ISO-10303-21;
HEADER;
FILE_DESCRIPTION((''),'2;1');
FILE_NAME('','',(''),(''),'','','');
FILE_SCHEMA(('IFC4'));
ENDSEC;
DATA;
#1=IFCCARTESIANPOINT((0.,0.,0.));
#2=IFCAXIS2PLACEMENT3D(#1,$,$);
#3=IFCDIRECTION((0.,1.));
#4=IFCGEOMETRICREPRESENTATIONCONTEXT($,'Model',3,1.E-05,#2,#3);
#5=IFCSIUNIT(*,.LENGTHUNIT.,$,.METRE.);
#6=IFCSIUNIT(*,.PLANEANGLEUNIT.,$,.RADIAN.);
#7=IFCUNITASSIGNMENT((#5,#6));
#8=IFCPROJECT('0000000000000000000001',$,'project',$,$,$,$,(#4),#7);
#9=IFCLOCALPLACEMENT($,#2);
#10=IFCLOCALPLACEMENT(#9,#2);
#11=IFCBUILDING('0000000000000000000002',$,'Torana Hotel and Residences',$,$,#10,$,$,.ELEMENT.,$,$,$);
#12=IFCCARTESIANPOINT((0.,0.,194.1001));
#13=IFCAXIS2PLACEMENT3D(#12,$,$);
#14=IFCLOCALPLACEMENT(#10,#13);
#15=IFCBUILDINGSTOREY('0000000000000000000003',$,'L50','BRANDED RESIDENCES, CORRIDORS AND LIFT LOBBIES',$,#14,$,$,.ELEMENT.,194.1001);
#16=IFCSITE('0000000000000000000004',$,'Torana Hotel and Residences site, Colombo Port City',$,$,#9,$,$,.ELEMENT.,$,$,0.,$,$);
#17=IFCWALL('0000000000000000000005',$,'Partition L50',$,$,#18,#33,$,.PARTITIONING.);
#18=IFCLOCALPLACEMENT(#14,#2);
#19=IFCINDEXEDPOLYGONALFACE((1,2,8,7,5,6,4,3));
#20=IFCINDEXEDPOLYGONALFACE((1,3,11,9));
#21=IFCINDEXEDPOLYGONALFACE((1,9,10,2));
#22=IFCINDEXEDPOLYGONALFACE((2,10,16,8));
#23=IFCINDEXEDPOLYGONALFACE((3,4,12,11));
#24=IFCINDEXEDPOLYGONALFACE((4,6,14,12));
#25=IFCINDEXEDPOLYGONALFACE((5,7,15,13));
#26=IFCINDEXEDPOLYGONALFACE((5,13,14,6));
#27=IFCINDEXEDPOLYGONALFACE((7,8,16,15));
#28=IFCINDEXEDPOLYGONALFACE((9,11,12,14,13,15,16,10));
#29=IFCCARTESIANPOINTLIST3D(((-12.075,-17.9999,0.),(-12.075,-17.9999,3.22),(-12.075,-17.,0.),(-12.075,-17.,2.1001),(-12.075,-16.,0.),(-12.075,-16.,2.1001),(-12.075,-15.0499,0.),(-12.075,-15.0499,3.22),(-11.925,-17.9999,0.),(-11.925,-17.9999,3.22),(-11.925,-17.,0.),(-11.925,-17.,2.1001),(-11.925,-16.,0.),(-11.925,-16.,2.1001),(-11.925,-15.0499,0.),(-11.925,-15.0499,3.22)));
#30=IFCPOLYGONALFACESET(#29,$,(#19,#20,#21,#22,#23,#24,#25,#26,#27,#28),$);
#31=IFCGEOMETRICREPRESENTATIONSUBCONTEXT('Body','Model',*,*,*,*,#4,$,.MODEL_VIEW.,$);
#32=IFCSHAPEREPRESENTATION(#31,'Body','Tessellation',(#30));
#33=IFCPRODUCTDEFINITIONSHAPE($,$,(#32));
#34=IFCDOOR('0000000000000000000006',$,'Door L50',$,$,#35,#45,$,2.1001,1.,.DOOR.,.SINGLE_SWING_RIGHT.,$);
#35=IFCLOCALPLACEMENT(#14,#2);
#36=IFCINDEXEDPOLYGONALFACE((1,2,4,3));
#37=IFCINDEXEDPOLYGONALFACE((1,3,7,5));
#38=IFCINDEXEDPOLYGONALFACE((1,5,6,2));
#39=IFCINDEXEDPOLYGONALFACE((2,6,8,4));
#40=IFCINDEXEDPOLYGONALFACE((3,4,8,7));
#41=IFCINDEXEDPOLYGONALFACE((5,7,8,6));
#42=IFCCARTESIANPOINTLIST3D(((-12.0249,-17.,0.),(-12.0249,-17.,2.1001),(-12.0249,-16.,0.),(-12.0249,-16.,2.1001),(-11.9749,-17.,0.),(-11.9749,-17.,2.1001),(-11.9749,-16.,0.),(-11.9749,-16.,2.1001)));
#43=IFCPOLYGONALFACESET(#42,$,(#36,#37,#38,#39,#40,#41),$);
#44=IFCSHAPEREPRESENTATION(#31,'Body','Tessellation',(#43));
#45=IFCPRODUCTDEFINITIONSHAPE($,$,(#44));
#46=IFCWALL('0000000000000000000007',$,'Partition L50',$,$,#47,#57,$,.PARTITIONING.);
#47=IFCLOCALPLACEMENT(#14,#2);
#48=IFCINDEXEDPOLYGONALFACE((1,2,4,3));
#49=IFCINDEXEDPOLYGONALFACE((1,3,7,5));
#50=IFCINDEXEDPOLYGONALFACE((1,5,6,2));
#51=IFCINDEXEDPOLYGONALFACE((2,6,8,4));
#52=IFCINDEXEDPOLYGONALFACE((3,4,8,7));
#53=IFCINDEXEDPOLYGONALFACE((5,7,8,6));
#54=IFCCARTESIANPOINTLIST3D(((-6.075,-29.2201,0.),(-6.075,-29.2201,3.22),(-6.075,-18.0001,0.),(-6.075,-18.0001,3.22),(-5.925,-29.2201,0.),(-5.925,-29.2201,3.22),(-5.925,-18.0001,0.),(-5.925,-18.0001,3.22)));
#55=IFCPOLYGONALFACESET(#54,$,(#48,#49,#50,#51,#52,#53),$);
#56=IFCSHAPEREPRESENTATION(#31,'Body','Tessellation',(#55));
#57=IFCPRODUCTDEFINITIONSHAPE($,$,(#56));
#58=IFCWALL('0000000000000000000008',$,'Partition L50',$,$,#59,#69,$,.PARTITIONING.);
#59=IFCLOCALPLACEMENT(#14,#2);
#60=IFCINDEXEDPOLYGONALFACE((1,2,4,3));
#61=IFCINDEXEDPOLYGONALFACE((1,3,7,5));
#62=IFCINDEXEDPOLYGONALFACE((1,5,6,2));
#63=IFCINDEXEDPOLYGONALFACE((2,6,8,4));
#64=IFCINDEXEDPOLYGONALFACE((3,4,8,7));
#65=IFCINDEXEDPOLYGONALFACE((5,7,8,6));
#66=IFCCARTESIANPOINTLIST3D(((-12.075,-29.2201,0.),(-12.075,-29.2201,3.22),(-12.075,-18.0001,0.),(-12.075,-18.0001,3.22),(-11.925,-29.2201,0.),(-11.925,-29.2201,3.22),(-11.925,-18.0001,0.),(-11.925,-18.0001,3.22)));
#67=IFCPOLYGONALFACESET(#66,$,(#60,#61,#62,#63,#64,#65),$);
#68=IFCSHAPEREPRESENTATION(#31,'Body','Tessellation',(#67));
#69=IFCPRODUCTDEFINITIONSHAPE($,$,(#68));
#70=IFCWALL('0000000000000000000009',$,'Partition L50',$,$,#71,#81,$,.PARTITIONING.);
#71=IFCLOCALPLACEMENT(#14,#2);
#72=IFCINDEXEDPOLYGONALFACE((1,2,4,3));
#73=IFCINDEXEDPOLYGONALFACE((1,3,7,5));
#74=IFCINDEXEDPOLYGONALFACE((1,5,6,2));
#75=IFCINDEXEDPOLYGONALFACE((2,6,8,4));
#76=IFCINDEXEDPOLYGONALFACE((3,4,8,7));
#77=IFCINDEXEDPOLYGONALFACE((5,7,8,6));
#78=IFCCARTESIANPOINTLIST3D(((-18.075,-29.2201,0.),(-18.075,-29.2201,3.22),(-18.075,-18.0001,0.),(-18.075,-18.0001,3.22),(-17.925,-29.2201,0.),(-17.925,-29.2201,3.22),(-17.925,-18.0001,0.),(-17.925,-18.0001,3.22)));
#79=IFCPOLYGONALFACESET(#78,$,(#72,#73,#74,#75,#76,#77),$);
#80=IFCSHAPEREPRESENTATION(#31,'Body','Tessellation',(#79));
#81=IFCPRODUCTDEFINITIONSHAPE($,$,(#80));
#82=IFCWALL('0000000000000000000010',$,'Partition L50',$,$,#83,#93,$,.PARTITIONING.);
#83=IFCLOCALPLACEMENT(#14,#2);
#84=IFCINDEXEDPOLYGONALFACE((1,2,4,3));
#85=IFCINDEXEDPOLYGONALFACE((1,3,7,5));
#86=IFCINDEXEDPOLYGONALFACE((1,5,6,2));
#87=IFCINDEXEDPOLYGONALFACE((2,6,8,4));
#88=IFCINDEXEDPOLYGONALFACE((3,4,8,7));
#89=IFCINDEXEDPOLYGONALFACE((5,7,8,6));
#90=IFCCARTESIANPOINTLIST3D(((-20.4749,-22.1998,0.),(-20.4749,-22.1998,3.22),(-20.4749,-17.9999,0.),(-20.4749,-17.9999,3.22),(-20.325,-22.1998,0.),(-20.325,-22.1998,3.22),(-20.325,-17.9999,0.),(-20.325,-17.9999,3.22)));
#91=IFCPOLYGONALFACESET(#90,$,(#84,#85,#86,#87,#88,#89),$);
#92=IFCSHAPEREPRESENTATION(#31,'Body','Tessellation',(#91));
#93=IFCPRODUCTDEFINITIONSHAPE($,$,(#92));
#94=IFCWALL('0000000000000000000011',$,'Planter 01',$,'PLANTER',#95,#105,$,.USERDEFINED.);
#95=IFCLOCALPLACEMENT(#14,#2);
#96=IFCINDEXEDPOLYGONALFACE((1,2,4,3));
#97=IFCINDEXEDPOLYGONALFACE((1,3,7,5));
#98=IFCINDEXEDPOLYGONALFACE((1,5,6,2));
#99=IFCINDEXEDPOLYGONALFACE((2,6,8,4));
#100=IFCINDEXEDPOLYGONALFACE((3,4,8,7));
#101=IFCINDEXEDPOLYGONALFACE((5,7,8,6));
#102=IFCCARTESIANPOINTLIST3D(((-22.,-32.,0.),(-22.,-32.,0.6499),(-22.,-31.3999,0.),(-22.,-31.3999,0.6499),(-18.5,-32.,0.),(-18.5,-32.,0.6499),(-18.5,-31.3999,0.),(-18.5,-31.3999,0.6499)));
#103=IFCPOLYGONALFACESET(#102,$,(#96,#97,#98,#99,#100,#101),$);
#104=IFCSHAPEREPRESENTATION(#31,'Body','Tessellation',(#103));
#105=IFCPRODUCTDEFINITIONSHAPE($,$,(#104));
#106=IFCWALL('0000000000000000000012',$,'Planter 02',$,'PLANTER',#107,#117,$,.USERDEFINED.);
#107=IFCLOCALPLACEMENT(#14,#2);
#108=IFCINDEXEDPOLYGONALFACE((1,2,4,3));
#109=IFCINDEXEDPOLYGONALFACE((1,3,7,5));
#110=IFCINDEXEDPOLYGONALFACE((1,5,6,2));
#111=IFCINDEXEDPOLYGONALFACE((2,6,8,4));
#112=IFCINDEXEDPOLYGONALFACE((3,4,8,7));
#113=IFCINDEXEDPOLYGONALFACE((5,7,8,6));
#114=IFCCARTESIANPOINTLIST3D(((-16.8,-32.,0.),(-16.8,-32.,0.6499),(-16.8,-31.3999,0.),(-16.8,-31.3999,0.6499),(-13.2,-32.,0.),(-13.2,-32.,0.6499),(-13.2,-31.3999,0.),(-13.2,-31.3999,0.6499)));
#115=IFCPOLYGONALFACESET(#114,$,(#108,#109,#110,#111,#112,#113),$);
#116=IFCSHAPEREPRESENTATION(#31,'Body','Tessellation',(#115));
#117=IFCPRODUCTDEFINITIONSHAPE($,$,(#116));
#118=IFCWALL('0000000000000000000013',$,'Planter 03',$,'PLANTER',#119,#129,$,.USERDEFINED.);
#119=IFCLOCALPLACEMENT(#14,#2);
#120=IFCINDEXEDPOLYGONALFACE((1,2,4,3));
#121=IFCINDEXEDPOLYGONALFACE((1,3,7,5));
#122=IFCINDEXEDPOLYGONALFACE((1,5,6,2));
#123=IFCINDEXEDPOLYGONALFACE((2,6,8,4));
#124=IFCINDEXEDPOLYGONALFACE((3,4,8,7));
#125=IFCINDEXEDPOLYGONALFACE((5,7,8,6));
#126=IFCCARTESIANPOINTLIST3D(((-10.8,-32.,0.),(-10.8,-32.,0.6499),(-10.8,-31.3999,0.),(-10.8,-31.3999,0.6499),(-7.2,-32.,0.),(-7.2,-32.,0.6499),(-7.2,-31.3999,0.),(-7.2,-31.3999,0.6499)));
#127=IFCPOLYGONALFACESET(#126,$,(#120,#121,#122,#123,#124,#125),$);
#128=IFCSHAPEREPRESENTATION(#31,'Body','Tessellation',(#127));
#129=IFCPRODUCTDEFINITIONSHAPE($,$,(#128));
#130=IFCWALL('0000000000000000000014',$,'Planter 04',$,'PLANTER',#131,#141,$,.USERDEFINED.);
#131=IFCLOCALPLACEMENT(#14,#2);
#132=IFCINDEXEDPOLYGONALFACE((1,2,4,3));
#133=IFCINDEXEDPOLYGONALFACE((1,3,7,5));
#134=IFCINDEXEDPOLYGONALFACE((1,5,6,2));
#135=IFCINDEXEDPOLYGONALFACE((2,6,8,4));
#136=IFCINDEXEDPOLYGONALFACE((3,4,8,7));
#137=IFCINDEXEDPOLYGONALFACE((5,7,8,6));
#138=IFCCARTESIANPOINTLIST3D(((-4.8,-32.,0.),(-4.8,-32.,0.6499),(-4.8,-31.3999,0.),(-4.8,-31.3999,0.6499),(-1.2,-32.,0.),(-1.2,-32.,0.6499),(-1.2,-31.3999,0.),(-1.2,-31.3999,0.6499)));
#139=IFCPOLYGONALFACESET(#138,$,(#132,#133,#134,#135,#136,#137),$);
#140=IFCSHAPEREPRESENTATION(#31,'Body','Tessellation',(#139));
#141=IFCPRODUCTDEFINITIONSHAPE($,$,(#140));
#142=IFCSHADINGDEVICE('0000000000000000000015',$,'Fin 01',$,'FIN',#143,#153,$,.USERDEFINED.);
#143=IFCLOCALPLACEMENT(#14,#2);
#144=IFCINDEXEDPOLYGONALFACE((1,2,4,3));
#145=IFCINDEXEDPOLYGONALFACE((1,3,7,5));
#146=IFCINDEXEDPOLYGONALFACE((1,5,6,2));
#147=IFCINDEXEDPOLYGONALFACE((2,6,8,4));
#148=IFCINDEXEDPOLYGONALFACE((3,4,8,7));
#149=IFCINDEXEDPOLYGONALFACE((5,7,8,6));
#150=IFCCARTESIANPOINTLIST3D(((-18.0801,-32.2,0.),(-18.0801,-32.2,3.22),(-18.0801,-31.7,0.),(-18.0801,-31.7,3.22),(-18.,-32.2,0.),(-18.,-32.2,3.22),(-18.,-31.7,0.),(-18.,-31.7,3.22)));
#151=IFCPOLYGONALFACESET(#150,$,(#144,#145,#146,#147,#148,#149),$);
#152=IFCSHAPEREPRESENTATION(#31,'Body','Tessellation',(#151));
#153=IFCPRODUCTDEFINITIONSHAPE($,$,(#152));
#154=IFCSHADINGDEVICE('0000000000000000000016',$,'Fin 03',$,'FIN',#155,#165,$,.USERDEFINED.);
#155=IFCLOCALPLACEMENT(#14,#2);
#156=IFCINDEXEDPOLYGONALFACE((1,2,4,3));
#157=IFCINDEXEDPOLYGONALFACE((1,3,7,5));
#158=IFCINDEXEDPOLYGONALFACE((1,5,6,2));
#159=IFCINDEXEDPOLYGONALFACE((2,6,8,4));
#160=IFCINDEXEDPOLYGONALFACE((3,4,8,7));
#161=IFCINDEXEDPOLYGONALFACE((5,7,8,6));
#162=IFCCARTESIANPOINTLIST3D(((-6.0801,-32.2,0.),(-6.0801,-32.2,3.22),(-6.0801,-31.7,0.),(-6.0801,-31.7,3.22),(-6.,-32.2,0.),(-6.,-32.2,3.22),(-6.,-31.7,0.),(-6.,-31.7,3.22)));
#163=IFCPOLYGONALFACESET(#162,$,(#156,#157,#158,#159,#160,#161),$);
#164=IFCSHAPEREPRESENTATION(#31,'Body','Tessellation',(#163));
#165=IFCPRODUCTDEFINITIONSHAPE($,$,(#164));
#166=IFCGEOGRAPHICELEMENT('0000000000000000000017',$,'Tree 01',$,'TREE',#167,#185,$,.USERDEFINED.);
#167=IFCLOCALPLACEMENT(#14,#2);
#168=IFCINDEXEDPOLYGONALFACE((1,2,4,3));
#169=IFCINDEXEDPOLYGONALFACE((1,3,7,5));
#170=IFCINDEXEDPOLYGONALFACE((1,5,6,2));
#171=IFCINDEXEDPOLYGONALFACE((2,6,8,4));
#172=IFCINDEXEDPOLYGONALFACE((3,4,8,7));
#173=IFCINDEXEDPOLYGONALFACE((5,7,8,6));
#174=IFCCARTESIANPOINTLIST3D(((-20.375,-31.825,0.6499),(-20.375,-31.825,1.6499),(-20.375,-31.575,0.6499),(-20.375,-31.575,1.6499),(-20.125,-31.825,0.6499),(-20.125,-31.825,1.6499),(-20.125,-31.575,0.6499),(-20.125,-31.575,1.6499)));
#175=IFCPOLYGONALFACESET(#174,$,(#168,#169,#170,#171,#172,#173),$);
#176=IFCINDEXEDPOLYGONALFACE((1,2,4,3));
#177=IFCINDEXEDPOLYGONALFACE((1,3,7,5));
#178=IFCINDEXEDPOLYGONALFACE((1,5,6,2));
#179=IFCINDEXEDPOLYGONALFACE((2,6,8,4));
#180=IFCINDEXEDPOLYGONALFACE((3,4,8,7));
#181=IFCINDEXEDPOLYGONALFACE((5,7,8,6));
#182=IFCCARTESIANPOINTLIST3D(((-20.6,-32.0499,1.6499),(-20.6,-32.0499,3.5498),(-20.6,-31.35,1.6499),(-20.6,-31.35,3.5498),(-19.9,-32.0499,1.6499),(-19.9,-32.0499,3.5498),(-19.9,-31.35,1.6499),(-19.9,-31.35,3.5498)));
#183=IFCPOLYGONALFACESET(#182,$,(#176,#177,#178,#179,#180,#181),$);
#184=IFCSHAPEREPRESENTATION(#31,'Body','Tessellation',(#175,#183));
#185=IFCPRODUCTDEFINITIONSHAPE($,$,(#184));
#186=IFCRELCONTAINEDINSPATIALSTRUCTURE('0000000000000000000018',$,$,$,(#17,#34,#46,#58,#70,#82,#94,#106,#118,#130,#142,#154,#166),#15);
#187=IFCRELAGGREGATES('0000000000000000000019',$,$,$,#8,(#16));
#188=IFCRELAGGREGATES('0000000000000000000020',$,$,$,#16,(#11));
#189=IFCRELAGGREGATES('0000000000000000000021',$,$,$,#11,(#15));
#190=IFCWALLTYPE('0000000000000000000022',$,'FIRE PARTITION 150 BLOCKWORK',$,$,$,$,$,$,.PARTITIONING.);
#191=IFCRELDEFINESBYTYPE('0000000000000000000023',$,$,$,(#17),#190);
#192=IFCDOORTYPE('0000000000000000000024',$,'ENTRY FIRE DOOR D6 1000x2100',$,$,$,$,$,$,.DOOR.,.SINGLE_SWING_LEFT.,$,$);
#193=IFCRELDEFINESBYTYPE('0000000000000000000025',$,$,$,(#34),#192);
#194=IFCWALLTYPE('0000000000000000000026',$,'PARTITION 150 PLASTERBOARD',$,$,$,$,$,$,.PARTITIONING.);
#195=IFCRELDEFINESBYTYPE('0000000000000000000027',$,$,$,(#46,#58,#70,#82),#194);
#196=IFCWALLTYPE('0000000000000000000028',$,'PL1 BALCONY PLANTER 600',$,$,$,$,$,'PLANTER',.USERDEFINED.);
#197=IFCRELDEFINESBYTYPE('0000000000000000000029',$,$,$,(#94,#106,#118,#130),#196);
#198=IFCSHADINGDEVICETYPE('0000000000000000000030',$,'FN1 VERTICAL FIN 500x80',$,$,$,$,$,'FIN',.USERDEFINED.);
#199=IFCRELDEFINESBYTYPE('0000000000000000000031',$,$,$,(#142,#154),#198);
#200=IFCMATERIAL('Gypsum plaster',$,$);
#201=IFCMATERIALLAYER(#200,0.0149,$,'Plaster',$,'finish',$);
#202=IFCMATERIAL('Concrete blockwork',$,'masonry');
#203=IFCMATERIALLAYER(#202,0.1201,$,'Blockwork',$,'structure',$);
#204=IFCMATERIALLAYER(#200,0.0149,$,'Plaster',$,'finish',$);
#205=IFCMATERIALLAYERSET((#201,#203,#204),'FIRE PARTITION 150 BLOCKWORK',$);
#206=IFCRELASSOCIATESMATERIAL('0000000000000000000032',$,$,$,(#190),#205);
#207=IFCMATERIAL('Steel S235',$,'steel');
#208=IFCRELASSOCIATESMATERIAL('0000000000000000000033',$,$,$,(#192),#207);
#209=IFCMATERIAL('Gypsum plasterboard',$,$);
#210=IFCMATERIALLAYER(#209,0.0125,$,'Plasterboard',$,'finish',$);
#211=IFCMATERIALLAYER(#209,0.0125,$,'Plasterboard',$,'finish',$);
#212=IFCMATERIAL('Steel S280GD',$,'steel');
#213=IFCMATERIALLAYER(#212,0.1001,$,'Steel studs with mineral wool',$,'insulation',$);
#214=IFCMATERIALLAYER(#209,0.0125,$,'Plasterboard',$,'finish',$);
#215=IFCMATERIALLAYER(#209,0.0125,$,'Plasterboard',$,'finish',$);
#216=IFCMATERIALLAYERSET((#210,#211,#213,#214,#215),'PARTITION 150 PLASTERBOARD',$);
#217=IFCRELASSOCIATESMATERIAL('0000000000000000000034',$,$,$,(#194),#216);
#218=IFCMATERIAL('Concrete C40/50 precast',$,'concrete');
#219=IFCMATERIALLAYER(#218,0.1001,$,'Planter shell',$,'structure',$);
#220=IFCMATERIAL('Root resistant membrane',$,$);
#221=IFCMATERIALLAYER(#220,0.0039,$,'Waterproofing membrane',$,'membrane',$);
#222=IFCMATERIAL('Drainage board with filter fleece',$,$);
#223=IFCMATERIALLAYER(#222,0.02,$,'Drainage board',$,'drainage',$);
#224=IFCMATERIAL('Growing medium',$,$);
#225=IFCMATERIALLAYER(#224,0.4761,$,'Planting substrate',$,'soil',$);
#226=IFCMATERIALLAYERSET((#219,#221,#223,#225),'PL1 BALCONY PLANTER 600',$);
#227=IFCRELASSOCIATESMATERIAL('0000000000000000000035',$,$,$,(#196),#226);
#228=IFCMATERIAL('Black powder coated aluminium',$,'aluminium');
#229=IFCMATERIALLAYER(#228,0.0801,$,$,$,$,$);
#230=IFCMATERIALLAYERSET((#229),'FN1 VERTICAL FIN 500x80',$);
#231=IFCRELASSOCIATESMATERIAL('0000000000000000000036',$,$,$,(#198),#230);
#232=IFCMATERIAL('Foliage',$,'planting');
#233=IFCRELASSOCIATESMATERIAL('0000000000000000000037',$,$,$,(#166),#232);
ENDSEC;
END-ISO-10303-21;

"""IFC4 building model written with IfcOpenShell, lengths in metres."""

from ifc_helpers import new_model, si_unit, direction, frame, frame_2d, origin, origin_2d, place, context, subcontext, project, spatial, rectangle, extrude, material, layer, layer_set, type_object, element, fill, save


model = new_model("IFC4")

# Units and contexts
model_context = context("Model", 3, precision=1e-05, world=origin(), true_north=direction((0.0, 1.0)))
body_context = subcontext(model_context, "Body", "Model", "MODEL_VIEW")
ifc_project = project(units=[si_unit("LENGTHUNIT", "METRE"), si_unit("PLANEANGLEUNIT", "RADIAN")], contexts=[model_context])

# Site, building, storey
site_placement = place(None, origin())
site = spatial("IfcSite", under=ifc_project, at=site_placement, Name="Torana Hotel and Residences site, Colombo Port City", CompositionType="ELEMENT", RefElevation=0.0)
building_placement = place(site_placement, origin())
building = spatial("IfcBuilding", under=site, at=building_placement, Name="Torana Hotel and Residences", CompositionType="ELEMENT")
storey_placement = place(building_placement, frame((0.0, 0.0, 194.1001)))
storey = spatial("IfcBuildingStorey", under=building, at=storey_placement, Name="L50", Description="BRANDED RESIDENCES, CORRIDORS AND LIFT LOBBIES", CompositionType="ELEMENT", Elevation=194.1001)

# Wall, opening, door
ifc_material_1 = material(Name="Gypsum plaster")
ifc_layer_1 = layer(ifc_material_1, 0.0149, Name="Plaster", Category="finish")
ifc_material_2 = material(Name="Concrete blockwork", Category="masonry")
ifc_layer_2 = layer(ifc_material_2, 0.1201, Name="Blockwork", Category="structure")
ifc_layer_3 = layer(ifc_material_1, 0.0149, Name="Plaster", Category="finish")
ifc_layer_set_1 = layer_set([ifc_layer_1, ifc_layer_2, ifc_layer_3], Name="FIRE PARTITION 150 BLOCKWORK")
wall_type_1 = type_object("IfcWallType", Name="FIRE PARTITION 150 BLOCKWORK", PredefinedType="PARTITIONING", material=ifc_layer_set_1)
wall_1_placement = place(storey_placement, frame((-12.0, -18.0, 0.0), z_axis=(0.0, 0.0, 1.0), x_axis=(0.0, 1.0, 0.0)))
wall_1 = element("IfcWall", 1, at=wall_1_placement, inside=storey, type_object=wall_type_1, Name="Partition L50", PredefinedType="PARTITIONING", context=body_context, shape_type="SweptSolid", body=[
    extrude(rectangle(XDim=2.95, YDim=0.1499, at=frame_2d((1.4751, 0.0))), origin(), (0.0, 0.0, 1.0), 3.22),
])
opening_placement = place(wall_1_placement, frame((1.0, 0.0, 0.0)))
opening = element("IfcOpeningElement", 2, at=opening_placement, cuts=wall_1, PredefinedType="OPENING", context=body_context, shape_type="SweptSolid", body=[
    extrude(rectangle(XDim=1.0, YDim=2.1001, at=frame_2d((0.5, 1.05))), frame((0.0, 0.085, 0.0), z_axis=(0.0, -1.0, 0.0), x_axis=(1.0, 0.0, 0.0)), (0.0, 0.0, 1.0), 0.1699),
])
ifc_material_3 = material(Name="Steel S235", Category="steel")
door_type = type_object("IfcDoorType", Name="ENTRY FIRE DOOR D6 1000x2100", OperationType="SINGLE_SWING_LEFT", PredefinedType="DOOR", material=ifc_material_3)
door_placement = place(opening_placement, origin())
door = element("IfcDoor", 3, at=door_placement, inside=storey, type_object=door_type, Name="Door L50", OperationType="SINGLE_SWING_RIGHT", OverallHeight=2.1001, OverallWidth=1.0, PredefinedType="DOOR", context=body_context, shape_type="SweptSolid", body=[
    extrude(rectangle(XDim=1.0, YDim=2.1001, at=frame_2d((0.5, 1.05))), frame((0.0, 0.0249, 0.0), z_axis=(0.0, -1.0, 0.0), x_axis=(1.0, 0.0, 0.0)), (0.0, 0.0, 1.0), 0.05),
])
fill(opening, door)

# Walls
ifc_material_4 = material(Name="Gypsum plasterboard")
ifc_layer_4 = layer(ifc_material_4, 0.0125, Name="Plasterboard", Category="finish")
ifc_layer_5 = layer(ifc_material_4, 0.0125, Name="Plasterboard", Category="finish")
ifc_material_5 = material(Name="Steel S280GD", Category="steel")
ifc_layer_6 = layer(ifc_material_5, 0.1001, Name="Steel studs with mineral wool", Category="insulation")
ifc_layer_7 = layer(ifc_material_4, 0.0125, Name="Plasterboard", Category="finish")
ifc_layer_8 = layer(ifc_material_4, 0.0125, Name="Plasterboard", Category="finish")
ifc_layer_set_2 = layer_set([ifc_layer_4, ifc_layer_5, ifc_layer_6, ifc_layer_7, ifc_layer_8], Name="PARTITION 150 PLASTERBOARD")
wall_type_2 = type_object("IfcWallType", Name="PARTITION 150 PLASTERBOARD", PredefinedType="PARTITIONING", material=ifc_layer_set_2)
for number, where, z_axis, x_axis, name in (
    (4, (-6.0, -29.22, 0.0), (0.0, 0.0, 1.0), (0.0, 1.0, 0.0), "Partition L50"),
    (5, (-12.0, -29.22, 0.0), (0.0, 0.0, 1.0), (0.0, 1.0, 0.0), "Partition L50"),
    (6, (-18.0, -29.22, 0.0), (0.0, 0.0, 1.0), (0.0, 1.0, 0.0), "Partition L50"),
):
    element("IfcWall", number, at=place(storey_placement, frame(where, z_axis=z_axis, x_axis=x_axis)), inside=storey, type_object=wall_type_2, Name=name, PredefinedType="PARTITIONING", context=body_context, shape_type="SweptSolid", body=[
        extrude(rectangle(XDim=11.22, YDim=0.1499, at=frame_2d((5.6099, 0.0))), origin(), (0.0, 0.0, 1.0), 3.22),
    ])
wall_2_placement = place(storey_placement, frame((-20.3999, -22.2, 0.0), z_axis=(0.0, 0.0, 1.0), x_axis=(0.0, 1.0, 0.0)))
element("IfcWall", 7, at=wall_2_placement, inside=storey, type_object=wall_type_2, Name="Partition L50", PredefinedType="PARTITIONING", context=body_context, shape_type="SweptSolid", body=[
    extrude(rectangle(XDim=4.2, YDim=0.1499, at=frame_2d((2.1001, 0.0))), origin(), (0.0, 0.0, 1.0), 3.22),
])
ifc_material_6 = material(Name="Concrete C40/50 precast", Category="concrete")
ifc_layer_9 = layer(ifc_material_6, 0.1001, Name="Planter shell", Category="structure")
ifc_material_7 = material(Name="Root resistant membrane")
ifc_layer_10 = layer(ifc_material_7, 0.0039, Name="Waterproofing membrane", Category="membrane")
ifc_material_8 = material(Name="Drainage board with filter fleece")
ifc_layer_11 = layer(ifc_material_8, 0.02, Name="Drainage board", Category="drainage")
ifc_material_9 = material(Name="Growing medium")
ifc_layer_12 = layer(ifc_material_9, 0.4761, Name="Planting substrate", Category="soil")
ifc_layer_set_3 = layer_set([ifc_layer_9, ifc_layer_10, ifc_layer_11, ifc_layer_12], Name="PL1 BALCONY PLANTER 600")
wall_type_3 = type_object("IfcWallType", Name="PL1 BALCONY PLANTER 600", ElementType="PLANTER", PredefinedType="USERDEFINED", material=ifc_layer_set_3)
wall_3_placement = place(storey_placement, frame((-18.5, -31.7, 0.0), z_axis=(0.0, 0.0, 1.0), x_axis=(-1.0, 0.0, 0.0)))
element("IfcWall", 8, at=wall_3_placement, inside=storey, type_object=wall_type_3, Name="Planter 01", ObjectType="PLANTER", PredefinedType="USERDEFINED", context=body_context, shape_type="SweptSolid", body=[
    extrude(rectangle(XDim=3.5, YDim=0.6001, at=frame_2d((1.75, 0.0))), origin(), (0.0, 0.0, 1.0), 0.6499),
])
for number, where, z_axis, x_axis, name in (
    (9, (-13.2, -31.7, 0.0), (0.0, 0.0, 1.0), (-1.0, 0.0, 0.0), "Planter 02"),
    (10, (-7.2, -31.7, 0.0), (0.0, 0.0, 1.0), (-1.0, 0.0, 0.0), "Planter 03"),
    (11, (-1.2, -31.7, 0.0), (0.0, 0.0, 1.0), (-1.0, 0.0, 0.0), "Planter 04"),
):
    element("IfcWall", number, at=place(storey_placement, frame(where, z_axis=z_axis, x_axis=x_axis)), inside=storey, type_object=wall_type_3, Name=name, ObjectType="PLANTER", PredefinedType="USERDEFINED", context=body_context, shape_type="SweptSolid", body=[
        extrude(rectangle(XDim=3.6001, YDim=0.6001, at=frame_2d((1.8, 0.0))), origin(), (0.0, 0.0, 1.0), 0.6499),
    ])

# Shading devices
ifc_material_10 = material(Name="Black powder coated aluminium", Category="aluminium")
ifc_layer_13 = layer(ifc_material_10, 0.0801)
ifc_layer_set_4 = layer_set([ifc_layer_13], Name="FN1 VERTICAL FIN 500x80")
shading_device_type = type_object("IfcShadingDeviceType", Name="FN1 VERTICAL FIN 500x80", ElementType="FIN", PredefinedType="USERDEFINED", material=ifc_layer_set_4)
for number, where, z_axis, x_axis, name in (
    (12, (-18.04, -31.95, 0.0), (0.0, 0.0, 1.0), (-1.0, 0.0, 0.0), "Fin 01"),
    (13, (-6.04, -31.95, 0.0), (0.0, 0.0, 1.0), (-1.0, 0.0, 0.0), "Fin 03"),
):
    element("IfcShadingDevice", number, at=place(storey_placement, frame(where, z_axis=z_axis, x_axis=x_axis)), inside=storey, type_object=shading_device_type, Name=name, ObjectType="FIN", PredefinedType="USERDEFINED", context=body_context, shape_type="SweptSolid", body=[
        extrude(rectangle(XDim=0.0801, YDim=0.5, at=origin_2d()), origin(), (0.0, 0.0, 1.0), 3.22),
    ])

# Geographic element
ifc_material_11 = material(Name="Foliage", Category="planting")
for number, where, z_axis, x_axis, name in (
    (14, (-20.25, -31.7, 0.6499), (0.0, 0.0, 1.0), (1.0, 0.0, 0.0), "Tree 01"),
):
    element("IfcGeographicElement", number, at=place(storey_placement, frame(where, z_axis=z_axis, x_axis=x_axis)), inside=storey, material=ifc_material_11, Name=name, ObjectType="TREE", PredefinedType="USERDEFINED", context=body_context, shape_type="SweptSolid", body=[
        extrude(rectangle(XDim=0.25, YDim=0.25, at=origin_2d()), origin(), (0.0, 0.0, 1.0), 1.0),
        extrude(rectangle(XDim=0.7, YDim=0.7, at=origin_2d()), frame((0.0, 0.0, 1.0)), (0.0, 0.0, 1.0), 1.8999),
    ])

save(model, "model.ifc")
